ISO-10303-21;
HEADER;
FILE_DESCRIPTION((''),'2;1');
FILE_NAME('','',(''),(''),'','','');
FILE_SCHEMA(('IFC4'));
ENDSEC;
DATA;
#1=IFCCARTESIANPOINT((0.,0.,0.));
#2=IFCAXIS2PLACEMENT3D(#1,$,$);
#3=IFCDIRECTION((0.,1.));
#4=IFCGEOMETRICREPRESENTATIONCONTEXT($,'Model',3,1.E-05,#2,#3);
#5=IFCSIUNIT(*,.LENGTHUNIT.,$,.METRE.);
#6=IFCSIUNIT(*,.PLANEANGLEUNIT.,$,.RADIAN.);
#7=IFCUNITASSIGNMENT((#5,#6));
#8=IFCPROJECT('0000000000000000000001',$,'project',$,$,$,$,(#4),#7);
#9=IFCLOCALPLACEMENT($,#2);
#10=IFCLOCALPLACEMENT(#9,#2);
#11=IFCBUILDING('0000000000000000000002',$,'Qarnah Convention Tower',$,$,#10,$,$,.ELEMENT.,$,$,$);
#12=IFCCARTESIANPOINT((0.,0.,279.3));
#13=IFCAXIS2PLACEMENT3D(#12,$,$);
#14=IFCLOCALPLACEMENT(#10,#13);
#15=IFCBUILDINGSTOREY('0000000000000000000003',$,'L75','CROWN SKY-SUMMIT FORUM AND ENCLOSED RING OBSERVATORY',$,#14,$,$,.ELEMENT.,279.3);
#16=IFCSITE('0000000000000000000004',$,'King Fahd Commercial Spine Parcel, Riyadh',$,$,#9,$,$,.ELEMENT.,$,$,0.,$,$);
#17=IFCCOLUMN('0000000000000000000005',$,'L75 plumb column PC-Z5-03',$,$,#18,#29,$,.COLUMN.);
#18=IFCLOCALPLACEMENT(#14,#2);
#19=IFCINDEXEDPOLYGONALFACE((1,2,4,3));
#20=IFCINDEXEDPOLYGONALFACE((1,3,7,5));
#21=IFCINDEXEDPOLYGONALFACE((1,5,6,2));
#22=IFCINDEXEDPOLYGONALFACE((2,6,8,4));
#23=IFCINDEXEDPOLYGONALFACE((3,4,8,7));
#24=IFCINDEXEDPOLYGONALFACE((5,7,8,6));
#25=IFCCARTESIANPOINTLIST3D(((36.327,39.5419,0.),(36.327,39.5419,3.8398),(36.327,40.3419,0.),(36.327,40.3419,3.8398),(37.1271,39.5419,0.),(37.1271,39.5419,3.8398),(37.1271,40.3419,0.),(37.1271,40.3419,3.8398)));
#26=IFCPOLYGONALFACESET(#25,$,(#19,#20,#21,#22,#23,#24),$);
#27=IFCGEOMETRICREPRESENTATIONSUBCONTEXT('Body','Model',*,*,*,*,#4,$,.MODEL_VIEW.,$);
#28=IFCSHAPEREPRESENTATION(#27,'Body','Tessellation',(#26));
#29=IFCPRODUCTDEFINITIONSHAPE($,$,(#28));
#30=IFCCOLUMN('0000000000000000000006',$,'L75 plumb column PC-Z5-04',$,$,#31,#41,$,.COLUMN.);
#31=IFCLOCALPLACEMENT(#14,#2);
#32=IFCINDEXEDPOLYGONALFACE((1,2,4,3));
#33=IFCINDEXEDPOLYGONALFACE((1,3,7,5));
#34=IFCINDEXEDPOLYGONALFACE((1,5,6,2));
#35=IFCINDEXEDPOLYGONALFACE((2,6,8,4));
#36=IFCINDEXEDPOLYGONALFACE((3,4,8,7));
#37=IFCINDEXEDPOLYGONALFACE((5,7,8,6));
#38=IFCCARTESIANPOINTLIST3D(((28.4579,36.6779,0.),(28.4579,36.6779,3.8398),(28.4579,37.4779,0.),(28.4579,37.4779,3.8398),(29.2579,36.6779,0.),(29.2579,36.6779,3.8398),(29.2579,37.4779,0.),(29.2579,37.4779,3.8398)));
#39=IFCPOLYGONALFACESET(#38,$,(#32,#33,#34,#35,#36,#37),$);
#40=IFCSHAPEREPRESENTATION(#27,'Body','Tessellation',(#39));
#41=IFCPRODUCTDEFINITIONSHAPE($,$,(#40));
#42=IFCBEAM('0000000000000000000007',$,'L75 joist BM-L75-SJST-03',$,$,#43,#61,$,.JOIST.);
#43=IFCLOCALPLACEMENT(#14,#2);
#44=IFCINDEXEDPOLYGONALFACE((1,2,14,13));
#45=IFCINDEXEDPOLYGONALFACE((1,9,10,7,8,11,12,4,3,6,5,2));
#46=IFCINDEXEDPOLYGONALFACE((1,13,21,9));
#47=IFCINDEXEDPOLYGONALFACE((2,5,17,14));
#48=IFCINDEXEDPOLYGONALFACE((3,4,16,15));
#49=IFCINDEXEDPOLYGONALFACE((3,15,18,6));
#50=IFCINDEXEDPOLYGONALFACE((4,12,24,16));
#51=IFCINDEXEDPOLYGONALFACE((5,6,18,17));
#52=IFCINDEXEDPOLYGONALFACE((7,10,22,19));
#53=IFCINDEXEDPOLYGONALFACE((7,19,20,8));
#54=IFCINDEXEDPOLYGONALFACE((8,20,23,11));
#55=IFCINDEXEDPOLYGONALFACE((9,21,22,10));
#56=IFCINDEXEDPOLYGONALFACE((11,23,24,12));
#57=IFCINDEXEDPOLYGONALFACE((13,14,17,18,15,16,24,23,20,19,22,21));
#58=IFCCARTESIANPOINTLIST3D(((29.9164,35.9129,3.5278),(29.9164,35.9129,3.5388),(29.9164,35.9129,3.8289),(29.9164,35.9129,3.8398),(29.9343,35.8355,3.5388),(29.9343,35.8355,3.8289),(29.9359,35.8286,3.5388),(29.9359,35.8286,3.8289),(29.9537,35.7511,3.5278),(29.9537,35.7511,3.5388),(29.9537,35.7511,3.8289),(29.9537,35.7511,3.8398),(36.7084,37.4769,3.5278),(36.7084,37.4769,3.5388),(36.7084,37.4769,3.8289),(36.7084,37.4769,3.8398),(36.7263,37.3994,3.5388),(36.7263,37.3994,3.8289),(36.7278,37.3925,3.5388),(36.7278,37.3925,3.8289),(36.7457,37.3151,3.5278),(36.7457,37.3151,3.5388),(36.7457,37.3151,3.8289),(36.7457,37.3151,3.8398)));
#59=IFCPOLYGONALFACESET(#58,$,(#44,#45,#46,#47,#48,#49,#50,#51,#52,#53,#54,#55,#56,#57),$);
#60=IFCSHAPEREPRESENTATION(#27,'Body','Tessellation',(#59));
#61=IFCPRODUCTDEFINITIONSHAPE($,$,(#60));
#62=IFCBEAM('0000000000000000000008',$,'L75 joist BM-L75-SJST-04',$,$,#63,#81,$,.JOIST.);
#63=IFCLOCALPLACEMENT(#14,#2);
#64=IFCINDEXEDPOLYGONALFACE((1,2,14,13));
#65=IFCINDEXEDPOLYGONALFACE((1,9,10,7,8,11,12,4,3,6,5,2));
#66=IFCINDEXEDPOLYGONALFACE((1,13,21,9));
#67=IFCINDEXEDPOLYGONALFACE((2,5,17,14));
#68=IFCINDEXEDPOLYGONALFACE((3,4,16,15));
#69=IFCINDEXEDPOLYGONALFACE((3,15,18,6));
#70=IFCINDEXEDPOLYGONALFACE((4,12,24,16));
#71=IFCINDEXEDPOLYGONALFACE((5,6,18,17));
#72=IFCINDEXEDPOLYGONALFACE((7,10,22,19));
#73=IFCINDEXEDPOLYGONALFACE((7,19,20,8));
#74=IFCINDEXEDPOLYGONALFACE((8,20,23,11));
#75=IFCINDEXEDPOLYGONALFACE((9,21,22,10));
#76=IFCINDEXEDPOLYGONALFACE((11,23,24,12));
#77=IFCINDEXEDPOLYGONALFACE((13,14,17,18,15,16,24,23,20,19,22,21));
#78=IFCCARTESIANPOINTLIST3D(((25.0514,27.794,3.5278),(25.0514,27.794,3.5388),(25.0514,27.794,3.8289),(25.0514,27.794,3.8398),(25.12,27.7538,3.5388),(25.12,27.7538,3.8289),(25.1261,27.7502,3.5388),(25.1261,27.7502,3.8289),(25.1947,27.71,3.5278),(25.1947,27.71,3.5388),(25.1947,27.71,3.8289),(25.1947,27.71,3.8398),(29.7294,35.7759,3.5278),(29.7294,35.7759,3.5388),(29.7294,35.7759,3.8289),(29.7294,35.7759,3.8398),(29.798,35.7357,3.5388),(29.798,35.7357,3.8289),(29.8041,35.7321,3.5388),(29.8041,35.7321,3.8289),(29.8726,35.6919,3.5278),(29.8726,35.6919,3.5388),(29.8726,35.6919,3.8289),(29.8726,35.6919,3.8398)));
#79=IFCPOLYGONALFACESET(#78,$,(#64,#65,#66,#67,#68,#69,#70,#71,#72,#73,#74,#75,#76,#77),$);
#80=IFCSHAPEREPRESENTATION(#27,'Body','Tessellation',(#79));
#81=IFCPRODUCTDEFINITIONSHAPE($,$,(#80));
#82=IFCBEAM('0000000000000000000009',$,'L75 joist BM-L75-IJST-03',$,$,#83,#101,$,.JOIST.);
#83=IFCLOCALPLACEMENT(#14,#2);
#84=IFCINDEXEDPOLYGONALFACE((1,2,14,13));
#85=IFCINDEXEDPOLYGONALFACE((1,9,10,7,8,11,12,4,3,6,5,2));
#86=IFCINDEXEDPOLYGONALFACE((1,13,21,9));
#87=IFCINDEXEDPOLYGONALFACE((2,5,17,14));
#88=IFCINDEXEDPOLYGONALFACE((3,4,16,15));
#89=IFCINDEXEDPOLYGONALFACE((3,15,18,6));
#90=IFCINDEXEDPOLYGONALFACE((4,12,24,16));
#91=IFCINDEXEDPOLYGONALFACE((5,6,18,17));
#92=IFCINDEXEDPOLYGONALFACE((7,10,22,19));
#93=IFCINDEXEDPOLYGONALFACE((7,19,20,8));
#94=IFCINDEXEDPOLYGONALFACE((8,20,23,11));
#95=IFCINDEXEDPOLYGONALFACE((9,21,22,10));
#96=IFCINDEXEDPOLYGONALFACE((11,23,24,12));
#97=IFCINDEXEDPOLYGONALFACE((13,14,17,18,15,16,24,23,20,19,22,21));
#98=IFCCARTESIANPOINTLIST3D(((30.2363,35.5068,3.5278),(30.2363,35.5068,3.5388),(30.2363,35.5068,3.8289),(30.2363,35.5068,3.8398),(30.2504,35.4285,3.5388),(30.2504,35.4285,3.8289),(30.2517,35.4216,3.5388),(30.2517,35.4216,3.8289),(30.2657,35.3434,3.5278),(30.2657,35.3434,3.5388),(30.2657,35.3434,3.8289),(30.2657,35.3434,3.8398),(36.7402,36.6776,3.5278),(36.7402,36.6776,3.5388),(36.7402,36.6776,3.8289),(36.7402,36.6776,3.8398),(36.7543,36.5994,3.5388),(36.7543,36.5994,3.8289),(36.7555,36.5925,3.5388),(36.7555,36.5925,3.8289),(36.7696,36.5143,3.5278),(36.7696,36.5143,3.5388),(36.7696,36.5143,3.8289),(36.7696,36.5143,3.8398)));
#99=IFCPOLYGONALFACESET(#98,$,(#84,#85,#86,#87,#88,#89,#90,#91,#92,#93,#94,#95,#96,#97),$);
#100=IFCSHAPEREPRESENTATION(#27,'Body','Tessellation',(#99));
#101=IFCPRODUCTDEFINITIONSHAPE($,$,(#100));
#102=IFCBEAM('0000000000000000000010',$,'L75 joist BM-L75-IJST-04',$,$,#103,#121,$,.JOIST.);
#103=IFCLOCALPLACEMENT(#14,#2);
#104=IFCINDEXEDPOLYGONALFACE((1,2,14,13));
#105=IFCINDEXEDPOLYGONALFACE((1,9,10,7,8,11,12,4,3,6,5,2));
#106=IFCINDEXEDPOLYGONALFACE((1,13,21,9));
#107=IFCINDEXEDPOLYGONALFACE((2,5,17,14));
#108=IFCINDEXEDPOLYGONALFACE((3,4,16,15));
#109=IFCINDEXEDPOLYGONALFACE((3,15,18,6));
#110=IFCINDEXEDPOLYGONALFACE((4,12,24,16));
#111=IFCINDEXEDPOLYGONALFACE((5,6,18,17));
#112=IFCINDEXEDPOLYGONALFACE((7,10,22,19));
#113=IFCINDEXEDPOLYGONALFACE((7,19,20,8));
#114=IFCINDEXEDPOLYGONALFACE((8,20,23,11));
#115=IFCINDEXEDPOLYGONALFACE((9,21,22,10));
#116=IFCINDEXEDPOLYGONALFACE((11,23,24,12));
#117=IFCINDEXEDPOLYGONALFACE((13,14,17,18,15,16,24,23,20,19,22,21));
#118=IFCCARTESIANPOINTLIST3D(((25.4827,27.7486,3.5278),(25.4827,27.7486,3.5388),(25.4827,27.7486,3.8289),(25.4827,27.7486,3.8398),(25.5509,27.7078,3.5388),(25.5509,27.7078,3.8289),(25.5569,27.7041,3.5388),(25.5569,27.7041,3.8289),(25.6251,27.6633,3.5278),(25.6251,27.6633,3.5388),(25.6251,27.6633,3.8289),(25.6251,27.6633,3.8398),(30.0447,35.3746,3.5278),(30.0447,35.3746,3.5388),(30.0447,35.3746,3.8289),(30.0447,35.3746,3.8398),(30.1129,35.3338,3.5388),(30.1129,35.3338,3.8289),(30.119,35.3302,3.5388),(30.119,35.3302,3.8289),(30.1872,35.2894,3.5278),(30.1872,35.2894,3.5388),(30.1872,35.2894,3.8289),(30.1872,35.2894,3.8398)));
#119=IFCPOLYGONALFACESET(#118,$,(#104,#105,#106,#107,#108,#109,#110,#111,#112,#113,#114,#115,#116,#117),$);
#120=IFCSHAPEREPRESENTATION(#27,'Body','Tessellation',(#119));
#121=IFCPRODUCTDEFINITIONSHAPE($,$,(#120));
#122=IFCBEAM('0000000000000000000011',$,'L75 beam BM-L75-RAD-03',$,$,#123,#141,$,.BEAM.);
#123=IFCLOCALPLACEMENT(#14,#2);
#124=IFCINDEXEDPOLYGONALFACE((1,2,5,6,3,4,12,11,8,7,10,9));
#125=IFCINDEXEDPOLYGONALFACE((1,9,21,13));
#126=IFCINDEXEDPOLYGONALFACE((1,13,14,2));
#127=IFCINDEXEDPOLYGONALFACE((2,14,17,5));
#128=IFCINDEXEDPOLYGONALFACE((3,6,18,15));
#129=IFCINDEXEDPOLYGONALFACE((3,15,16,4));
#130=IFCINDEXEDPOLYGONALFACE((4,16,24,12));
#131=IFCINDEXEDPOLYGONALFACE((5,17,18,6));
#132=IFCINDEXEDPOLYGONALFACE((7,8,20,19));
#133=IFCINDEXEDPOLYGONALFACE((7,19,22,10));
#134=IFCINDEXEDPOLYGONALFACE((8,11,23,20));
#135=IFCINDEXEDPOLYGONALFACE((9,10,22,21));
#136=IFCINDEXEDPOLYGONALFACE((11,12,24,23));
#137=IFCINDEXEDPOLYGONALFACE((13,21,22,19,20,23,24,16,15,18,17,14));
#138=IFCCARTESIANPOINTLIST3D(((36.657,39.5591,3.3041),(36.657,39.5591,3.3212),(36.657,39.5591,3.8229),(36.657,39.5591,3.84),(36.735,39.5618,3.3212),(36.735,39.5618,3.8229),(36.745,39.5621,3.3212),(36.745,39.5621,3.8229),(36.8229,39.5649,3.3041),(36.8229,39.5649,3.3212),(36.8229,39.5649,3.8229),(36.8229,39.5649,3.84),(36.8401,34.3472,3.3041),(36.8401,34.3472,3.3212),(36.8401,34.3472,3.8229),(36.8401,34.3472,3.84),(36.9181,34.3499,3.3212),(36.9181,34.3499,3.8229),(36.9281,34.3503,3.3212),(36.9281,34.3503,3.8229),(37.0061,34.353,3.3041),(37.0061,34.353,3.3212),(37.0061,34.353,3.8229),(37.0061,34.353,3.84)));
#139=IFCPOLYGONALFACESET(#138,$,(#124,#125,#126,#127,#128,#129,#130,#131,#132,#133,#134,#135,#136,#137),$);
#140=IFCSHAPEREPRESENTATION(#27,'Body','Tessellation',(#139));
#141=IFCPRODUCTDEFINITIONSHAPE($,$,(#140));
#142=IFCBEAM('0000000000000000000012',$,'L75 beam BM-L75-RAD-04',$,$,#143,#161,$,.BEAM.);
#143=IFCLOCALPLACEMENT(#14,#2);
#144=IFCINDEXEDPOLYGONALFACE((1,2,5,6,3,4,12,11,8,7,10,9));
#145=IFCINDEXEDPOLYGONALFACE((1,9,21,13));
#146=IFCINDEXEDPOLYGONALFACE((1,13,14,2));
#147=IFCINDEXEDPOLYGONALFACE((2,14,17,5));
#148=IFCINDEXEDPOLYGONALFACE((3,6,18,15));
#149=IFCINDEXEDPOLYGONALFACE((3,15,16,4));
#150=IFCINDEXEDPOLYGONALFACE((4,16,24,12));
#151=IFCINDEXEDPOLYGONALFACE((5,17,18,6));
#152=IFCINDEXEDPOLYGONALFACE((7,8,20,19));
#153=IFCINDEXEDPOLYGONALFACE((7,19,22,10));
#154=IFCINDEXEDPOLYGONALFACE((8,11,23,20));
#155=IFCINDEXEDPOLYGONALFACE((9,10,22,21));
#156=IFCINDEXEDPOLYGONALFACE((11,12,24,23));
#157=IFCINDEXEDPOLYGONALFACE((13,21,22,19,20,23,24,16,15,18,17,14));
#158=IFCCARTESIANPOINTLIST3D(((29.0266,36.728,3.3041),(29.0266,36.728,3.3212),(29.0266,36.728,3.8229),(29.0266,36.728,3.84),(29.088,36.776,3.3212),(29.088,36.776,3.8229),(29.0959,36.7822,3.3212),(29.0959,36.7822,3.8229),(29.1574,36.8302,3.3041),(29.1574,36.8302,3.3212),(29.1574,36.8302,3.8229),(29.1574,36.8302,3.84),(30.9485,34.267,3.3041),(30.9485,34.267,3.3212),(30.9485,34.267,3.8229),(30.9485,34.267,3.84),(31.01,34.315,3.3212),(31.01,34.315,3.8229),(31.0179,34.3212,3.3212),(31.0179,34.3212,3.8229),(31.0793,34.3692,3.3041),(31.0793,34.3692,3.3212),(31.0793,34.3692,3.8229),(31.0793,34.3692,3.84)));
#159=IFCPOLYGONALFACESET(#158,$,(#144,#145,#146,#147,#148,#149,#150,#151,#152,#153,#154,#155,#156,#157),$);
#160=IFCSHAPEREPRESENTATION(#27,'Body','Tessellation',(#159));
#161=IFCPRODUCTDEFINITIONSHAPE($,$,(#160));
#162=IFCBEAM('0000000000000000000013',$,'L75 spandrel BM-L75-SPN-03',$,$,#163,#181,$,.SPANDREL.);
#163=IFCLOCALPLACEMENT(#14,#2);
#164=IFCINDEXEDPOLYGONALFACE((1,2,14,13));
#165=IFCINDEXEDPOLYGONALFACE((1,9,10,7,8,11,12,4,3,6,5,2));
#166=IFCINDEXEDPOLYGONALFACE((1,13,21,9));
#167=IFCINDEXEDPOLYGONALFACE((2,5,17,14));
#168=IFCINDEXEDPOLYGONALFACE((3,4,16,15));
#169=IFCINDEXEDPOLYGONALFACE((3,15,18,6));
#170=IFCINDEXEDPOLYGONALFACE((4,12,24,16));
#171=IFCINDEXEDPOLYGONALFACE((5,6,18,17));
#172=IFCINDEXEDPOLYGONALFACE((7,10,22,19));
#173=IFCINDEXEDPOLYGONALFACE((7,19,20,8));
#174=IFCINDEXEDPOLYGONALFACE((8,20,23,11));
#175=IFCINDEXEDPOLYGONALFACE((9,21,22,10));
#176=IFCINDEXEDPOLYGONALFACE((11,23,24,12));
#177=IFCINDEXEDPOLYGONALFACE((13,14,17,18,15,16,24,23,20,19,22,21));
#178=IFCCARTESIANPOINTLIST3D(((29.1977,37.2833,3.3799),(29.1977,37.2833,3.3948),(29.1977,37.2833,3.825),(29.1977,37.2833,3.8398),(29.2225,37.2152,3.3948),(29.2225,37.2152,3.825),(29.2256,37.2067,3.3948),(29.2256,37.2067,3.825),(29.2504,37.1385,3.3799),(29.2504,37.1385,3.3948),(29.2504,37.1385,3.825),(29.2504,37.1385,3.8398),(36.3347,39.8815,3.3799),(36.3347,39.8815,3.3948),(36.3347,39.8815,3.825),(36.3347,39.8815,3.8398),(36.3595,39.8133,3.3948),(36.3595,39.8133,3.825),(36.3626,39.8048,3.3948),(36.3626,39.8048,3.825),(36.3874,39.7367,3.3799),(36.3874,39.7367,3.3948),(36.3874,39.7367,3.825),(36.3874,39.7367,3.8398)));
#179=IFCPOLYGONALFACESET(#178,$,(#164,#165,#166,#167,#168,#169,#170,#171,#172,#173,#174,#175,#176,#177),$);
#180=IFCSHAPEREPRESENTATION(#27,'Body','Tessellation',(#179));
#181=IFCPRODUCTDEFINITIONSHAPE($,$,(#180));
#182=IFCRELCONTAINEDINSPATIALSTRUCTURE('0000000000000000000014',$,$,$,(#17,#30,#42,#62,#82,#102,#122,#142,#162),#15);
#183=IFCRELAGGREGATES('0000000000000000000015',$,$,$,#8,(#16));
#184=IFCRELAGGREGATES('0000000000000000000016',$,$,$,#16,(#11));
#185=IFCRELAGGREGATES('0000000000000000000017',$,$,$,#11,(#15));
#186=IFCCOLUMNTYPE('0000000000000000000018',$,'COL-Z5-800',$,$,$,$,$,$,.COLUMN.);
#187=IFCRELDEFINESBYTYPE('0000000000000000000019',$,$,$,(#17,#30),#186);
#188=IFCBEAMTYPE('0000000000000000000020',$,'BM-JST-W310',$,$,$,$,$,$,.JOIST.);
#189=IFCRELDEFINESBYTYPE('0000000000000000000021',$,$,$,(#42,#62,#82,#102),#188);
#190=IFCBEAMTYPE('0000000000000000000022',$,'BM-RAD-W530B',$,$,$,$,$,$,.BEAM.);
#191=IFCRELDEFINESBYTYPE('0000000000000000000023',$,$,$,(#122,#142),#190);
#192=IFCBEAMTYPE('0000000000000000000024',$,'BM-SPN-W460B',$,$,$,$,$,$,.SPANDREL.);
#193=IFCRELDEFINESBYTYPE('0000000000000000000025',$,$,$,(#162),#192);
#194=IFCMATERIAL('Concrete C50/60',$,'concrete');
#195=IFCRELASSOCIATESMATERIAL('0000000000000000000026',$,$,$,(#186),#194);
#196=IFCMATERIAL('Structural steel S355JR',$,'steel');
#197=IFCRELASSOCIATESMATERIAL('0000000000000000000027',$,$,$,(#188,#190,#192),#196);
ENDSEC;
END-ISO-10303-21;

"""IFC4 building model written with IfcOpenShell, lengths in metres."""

from ifc_helpers import new_model, si_unit, direction, frame, origin, origin_2d, place, context, subcontext, project, spatial, rectangle, i_section, extrude, material, material_profile, profile_set, type_object, element, save


model = new_model("IFC4")

# Units and contexts
model_context = context("Model", 3, precision=1e-05, world=origin(), true_north=direction((0.0, 1.0)))
body_context = subcontext(model_context, "Body", "Model", "MODEL_VIEW")
ifc_project = project(units=[si_unit("LENGTHUNIT", "METRE"), si_unit("PLANEANGLEUNIT", "RADIAN")], contexts=[model_context])

# Site, building, storey
site_placement = place(None, origin())
site = spatial("IfcSite", under=ifc_project, at=site_placement, Name="King Fahd Commercial Spine Parcel, Riyadh", CompositionType="ELEMENT", RefElevation=0.0)
building_placement = place(site_placement, origin())
building = spatial("IfcBuilding", under=site, at=building_placement, Name="Qarnah Convention Tower", CompositionType="ELEMENT")
storey_placement = place(building_placement, frame((0.0, 0.0, 279.3)))
storey = spatial("IfcBuildingStorey", under=building, at=storey_placement, Name="L75", Description="CROWN SKY-SUMMIT FORUM AND ENCLOSED RING OBSERVATORY", CompositionType="ELEMENT", Elevation=279.3)

# Columns
ifc_material_1 = material(Name="Concrete C50/60", Category="concrete")
ifc_material_profile_1 = material_profile(ifc_material_1, rectangle(XDim=0.8, YDim=0.8, at=origin_2d()), Name="RC-COL-800X800")
ifc_profile_set_1 = profile_set([ifc_material_profile_1], Name="Concrete C50/60")
column_type = type_object("IfcColumnType", Name="COL-Z5-800", PredefinedType="COLUMN", material=ifc_profile_set_1)
for number, where, z_axis, x_axis, name in (
    (1, (36.7271, 39.9419, 0.0), (0.0, 0.0, 1.0), (1.0, 0.0, 0.0), "L75 plumb column PC-Z5-03"),
    (2, (28.8579, 37.0779, 0.0), (0.0, 0.0, 1.0), (1.0, 0.0, 0.0), "L75 plumb column PC-Z5-04"),
):
    element("IfcColumn", number, at=place(storey_placement, frame(where, z_axis=z_axis, x_axis=x_axis)), inside=storey, type_object=column_type, Name=name, PredefinedType="COLUMN", context=body_context, shape_type="SweptSolid", body=[
        extrude(rectangle(XDim=0.8, YDim=0.8, at=origin_2d()), origin(), (0.0, 0.0, 1.0), 3.8398),
    ])

# Beams
ifc_material_2 = material(Name="Structural steel S355JR", Category="steel")
ifc_material_profile_2 = material_profile(ifc_material_2, i_section(OverallWidth=0.166, OverallDepth=0.312, WebThickness=0.0071, FlangeThickness=0.011, at=origin_2d()), Name="W310X45")
ifc_profile_set_2 = profile_set([ifc_material_profile_2], Name="Structural steel S355JR")
beam_type_1 = type_object("IfcBeamType", Name="BM-JST-W310", PredefinedType="JOIST", material=ifc_profile_set_2)
beam_1_placement = place(storey_placement, frame((36.7271, 37.396, 3.6838), z_axis=(-0.974499, -0.224394, 0.0), x_axis=(0.224394, -0.974499, 0.0)))
element("IfcBeam", 3, at=beam_1_placement, inside=storey, type_object=beam_type_1, Name="L75 joist BM-L75-SJST-03", PredefinedType="JOIST", context=body_context, shape_type="SweptSolid", body=[
    extrude(i_section(OverallWidth=0.166, OverallDepth=0.312, WebThickness=0.0071, FlangeThickness=0.011, at=origin_2d()), origin(), (0.0, 0.0, 1.0), 6.9697),
])
beam_2_placement = place(storey_placement, frame((29.801, 35.7339, 3.6838), z_axis=(-0.505632, -0.862749, 0.0), x_axis=(0.862749, -0.505632, 0.0)))
element("IfcBeam", 4, at=beam_2_placement, inside=storey, type_object=beam_type_1, Name="L75 joist BM-L75-SJST-04", PredefinedType="JOIST", context=body_context, shape_type="SweptSolid", body=[
    extrude(i_section(OverallWidth=0.166, OverallDepth=0.312, WebThickness=0.0071, FlangeThickness=0.011, at=origin_2d()), origin(), (0.0, 0.0, 1.0), 9.2517),
])
beam_3_placement = place(storey_placement, frame((36.7549, 36.5959, 3.6838), z_axis=(-0.984178, -0.177182, 0.0), x_axis=(0.177182, -0.984178, 0.0)))
element("IfcBeam", 5, at=beam_3_placement, inside=storey, type_object=beam_type_1, Name="L75 joist BM-L75-IJST-03", PredefinedType="JOIST", context=body_context, shape_type="SweptSolid", body=[
    extrude(i_section(OverallWidth=0.166, OverallDepth=0.312, WebThickness=0.0071, FlangeThickness=0.011, at=origin_2d()), origin(), (0.0, 0.0, 1.0), 6.6084),
])
beam_4_placement = place(storey_placement, frame((30.116, 35.332, 3.6838), z_axis=(-0.513372, -0.858166, 0.0), x_axis=(0.858166, -0.513372, 0.0)))
element("IfcBeam", 6, at=beam_4_placement, inside=storey, type_object=beam_type_1, Name="L75 joist BM-L75-IJST-04", PredefinedType="JOIST", context=body_context, shape_type="SweptSolid", body=[
    extrude(i_section(OverallWidth=0.166, OverallDepth=0.312, WebThickness=0.0071, FlangeThickness=0.011, at=origin_2d()), origin(), (0.0, 0.0, 1.0), 8.8865),
])
ifc_material_profile_3 = material_profile(ifc_material_2, i_section(OverallWidth=0.166, OverallDepth=0.5359, WebThickness=0.01, FlangeThickness=0.0171, at=origin_2d()), Name="W530X85")
ifc_profile_set_3 = profile_set([ifc_material_profile_3], Name="Structural steel S355JR")
beam_type_2 = type_object("IfcBeamType", Name="BM-RAD-W530B", PredefinedType="BEAM", material=ifc_profile_set_3)
beam_5_placement = place(storey_placement, frame((36.9231, 34.3501, 3.572), z_axis=(-0.03511, 0.999383, 0.0), x_axis=(-0.999383, -0.03511, 0.0)))
element("IfcBeam", 7, at=beam_5_placement, inside=storey, type_object=beam_type_2, Name="L75 beam BM-L75-RAD-03", PredefinedType="BEAM", context=body_context, shape_type="SweptSolid", body=[
    extrude(i_section(OverallWidth=0.166, OverallDepth=0.5359, WebThickness=0.01, FlangeThickness=0.0171, at=origin_2d()), origin(), (0.0, 0.0, 1.0), 5.2151),
])
beam_6_placement = place(storey_placement, frame((31.0139, 34.3181, 3.572), z_axis=(-0.615498, 0.788138, 0.0), x_axis=(-0.788138, -0.615498, 0.0)))
element("IfcBeam", 8, at=beam_6_placement, inside=storey, type_object=beam_type_2, Name="L75 beam BM-L75-RAD-04", PredefinedType="BEAM", context=body_context, shape_type="SweptSolid", body=[
    extrude(i_section(OverallWidth=0.166, OverallDepth=0.5359, WebThickness=0.01, FlangeThickness=0.0171, at=origin_2d()), origin(), (0.0, 0.0, 1.0), 3.1226),
])
ifc_material_profile_4 = material_profile(ifc_material_2, i_section(OverallWidth=0.1541, OverallDepth=0.46, WebThickness=0.009, FlangeThickness=0.0149, at=origin_2d()), Name="W460X68")
ifc_profile_set_4 = profile_set([ifc_material_profile_4], Name="Structural steel S355JR")
beam_type_3 = type_object("IfcBeamType", Name="BM-SPN-W460B", PredefinedType="SPANDREL", material=ifc_profile_set_4)
beam_7_placement = place(storey_placement, frame((36.3611, 39.8091, 3.6099), z_axis=(-0.939671, -0.342079, 0.0), x_axis=(0.342079, -0.939671, 0.0)))
element("IfcBeam", 9, at=beam_7_placement, inside=storey, type_object=beam_type_3, Name="L75 spandrel BM-L75-SPN-03", PredefinedType="SPANDREL", context=body_context, shape_type="SweptSolid", body=[
    extrude(i_section(OverallWidth=0.1541, OverallDepth=0.46, WebThickness=0.009, FlangeThickness=0.0149, at=origin_2d()), origin(), (0.0, 0.0, 1.0), 7.5952),
])

save(model, "model.ifc")
